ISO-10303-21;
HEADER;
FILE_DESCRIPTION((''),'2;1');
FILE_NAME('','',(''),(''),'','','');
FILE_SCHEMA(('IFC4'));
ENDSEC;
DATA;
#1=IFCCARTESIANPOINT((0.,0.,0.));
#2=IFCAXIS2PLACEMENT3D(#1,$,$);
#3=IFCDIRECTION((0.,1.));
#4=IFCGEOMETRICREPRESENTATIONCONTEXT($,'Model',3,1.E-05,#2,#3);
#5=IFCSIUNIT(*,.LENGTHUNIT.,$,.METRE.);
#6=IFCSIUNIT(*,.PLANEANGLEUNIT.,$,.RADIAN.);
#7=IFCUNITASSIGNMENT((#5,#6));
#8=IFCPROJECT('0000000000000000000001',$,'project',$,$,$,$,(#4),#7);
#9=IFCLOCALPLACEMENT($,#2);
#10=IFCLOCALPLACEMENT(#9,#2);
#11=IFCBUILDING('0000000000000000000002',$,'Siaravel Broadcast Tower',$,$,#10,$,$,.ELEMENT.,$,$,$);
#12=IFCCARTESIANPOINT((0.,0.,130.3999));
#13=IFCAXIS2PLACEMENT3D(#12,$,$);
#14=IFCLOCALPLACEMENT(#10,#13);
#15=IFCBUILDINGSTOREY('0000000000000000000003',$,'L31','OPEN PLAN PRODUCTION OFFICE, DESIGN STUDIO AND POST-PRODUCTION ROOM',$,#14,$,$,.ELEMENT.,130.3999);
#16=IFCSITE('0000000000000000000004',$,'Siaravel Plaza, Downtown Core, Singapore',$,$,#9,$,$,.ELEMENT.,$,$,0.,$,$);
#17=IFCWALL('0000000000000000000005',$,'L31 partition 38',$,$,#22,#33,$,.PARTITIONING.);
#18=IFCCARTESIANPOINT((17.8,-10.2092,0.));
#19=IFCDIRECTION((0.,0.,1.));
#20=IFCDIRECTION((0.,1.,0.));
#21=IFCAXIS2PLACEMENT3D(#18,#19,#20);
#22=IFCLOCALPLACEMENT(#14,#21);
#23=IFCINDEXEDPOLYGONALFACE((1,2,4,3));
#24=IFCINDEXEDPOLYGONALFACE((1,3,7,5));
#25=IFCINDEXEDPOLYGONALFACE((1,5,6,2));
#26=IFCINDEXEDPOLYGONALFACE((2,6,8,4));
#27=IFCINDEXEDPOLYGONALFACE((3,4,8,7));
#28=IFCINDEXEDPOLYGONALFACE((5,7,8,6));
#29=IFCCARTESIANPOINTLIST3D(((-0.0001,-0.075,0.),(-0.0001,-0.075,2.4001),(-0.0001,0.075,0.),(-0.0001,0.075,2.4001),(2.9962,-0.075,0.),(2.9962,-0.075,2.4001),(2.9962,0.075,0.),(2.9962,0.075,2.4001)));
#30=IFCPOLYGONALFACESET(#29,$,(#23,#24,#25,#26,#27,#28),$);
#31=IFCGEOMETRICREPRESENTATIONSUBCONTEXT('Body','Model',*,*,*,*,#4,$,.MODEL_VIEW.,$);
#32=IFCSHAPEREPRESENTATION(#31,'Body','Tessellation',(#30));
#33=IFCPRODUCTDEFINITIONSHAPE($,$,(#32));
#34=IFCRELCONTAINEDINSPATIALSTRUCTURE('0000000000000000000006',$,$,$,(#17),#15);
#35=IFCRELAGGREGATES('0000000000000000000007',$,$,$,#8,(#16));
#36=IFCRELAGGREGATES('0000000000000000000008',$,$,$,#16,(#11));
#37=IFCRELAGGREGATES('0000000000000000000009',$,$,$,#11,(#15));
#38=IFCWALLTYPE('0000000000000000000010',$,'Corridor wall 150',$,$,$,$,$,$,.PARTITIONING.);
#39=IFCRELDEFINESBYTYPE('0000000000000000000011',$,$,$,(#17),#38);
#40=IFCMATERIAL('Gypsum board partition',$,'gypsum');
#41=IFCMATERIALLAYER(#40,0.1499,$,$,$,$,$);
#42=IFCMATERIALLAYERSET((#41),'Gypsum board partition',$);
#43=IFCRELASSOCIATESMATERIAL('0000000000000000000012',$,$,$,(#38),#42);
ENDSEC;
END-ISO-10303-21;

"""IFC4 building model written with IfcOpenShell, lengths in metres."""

from ifc_helpers import new_model, si_unit, direction, frame, frame_2d, origin, place, context, subcontext, project, spatial, rectangle, extrude, material, layer, layer_set, type_object, element, save


model = new_model("IFC4")

# Units and contexts
model_context = context("Model", 3, precision=1e-05, world=origin(), true_north=direction((0.0, 1.0)))
body_context = subcontext(model_context, "Body", "Model", "MODEL_VIEW")
ifc_project = project(units=[si_unit("LENGTHUNIT", "METRE"), si_unit("PLANEANGLEUNIT", "RADIAN")], contexts=[model_context])

# Site, building, storey
site_placement = place(None, origin())
site = spatial("IfcSite", under=ifc_project, at=site_placement, Name="Siaravel Plaza, Downtown Core, Singapore", CompositionType="ELEMENT", RefElevation=0.0)
building_placement = place(site_placement, origin())
building = spatial("IfcBuilding", under=site, at=building_placement, Name="Siaravel Broadcast Tower", CompositionType="ELEMENT")
storey_placement = place(building_placement, frame((0.0, 0.0, 130.3999)))
storey = spatial("IfcBuildingStorey", under=building, at=storey_placement, Name="L31", Description="OPEN PLAN PRODUCTION OFFICE, DESIGN STUDIO AND POST-PRODUCTION ROOM", CompositionType="ELEMENT", Elevation=130.3999)

# Wall
ifc_material_1 = material(Name="Gypsum board partition", Category="gypsum")
ifc_layer_1 = layer(ifc_material_1, 0.1499)
ifc_layer_set_1 = layer_set([ifc_layer_1], Name="Gypsum board partition")
wall_type_1 = type_object("IfcWallType", Name="Corridor wall 150", PredefinedType="PARTITIONING", material=ifc_layer_set_1)
wall_1_placement = place(storey_placement, frame((17.8, -10.2092, 0.0), z_axis=(0.0, 0.0, 1.0), x_axis=(0.0, 1.0, 0.0)))
element("IfcWall", 1, at=wall_1_placement, inside=storey, type_object=wall_type_1, Name="L31 partition 38", PredefinedType="PARTITIONING", context=body_context, shape_type="SweptSolid", body=[
    extrude(rectangle(XDim=2.9963, YDim=0.1499, at=frame_2d((1.498, 0.0))), origin(), (0.0, 0.0, 1.0), 2.4001),
])

save(model, "model.ifc")
